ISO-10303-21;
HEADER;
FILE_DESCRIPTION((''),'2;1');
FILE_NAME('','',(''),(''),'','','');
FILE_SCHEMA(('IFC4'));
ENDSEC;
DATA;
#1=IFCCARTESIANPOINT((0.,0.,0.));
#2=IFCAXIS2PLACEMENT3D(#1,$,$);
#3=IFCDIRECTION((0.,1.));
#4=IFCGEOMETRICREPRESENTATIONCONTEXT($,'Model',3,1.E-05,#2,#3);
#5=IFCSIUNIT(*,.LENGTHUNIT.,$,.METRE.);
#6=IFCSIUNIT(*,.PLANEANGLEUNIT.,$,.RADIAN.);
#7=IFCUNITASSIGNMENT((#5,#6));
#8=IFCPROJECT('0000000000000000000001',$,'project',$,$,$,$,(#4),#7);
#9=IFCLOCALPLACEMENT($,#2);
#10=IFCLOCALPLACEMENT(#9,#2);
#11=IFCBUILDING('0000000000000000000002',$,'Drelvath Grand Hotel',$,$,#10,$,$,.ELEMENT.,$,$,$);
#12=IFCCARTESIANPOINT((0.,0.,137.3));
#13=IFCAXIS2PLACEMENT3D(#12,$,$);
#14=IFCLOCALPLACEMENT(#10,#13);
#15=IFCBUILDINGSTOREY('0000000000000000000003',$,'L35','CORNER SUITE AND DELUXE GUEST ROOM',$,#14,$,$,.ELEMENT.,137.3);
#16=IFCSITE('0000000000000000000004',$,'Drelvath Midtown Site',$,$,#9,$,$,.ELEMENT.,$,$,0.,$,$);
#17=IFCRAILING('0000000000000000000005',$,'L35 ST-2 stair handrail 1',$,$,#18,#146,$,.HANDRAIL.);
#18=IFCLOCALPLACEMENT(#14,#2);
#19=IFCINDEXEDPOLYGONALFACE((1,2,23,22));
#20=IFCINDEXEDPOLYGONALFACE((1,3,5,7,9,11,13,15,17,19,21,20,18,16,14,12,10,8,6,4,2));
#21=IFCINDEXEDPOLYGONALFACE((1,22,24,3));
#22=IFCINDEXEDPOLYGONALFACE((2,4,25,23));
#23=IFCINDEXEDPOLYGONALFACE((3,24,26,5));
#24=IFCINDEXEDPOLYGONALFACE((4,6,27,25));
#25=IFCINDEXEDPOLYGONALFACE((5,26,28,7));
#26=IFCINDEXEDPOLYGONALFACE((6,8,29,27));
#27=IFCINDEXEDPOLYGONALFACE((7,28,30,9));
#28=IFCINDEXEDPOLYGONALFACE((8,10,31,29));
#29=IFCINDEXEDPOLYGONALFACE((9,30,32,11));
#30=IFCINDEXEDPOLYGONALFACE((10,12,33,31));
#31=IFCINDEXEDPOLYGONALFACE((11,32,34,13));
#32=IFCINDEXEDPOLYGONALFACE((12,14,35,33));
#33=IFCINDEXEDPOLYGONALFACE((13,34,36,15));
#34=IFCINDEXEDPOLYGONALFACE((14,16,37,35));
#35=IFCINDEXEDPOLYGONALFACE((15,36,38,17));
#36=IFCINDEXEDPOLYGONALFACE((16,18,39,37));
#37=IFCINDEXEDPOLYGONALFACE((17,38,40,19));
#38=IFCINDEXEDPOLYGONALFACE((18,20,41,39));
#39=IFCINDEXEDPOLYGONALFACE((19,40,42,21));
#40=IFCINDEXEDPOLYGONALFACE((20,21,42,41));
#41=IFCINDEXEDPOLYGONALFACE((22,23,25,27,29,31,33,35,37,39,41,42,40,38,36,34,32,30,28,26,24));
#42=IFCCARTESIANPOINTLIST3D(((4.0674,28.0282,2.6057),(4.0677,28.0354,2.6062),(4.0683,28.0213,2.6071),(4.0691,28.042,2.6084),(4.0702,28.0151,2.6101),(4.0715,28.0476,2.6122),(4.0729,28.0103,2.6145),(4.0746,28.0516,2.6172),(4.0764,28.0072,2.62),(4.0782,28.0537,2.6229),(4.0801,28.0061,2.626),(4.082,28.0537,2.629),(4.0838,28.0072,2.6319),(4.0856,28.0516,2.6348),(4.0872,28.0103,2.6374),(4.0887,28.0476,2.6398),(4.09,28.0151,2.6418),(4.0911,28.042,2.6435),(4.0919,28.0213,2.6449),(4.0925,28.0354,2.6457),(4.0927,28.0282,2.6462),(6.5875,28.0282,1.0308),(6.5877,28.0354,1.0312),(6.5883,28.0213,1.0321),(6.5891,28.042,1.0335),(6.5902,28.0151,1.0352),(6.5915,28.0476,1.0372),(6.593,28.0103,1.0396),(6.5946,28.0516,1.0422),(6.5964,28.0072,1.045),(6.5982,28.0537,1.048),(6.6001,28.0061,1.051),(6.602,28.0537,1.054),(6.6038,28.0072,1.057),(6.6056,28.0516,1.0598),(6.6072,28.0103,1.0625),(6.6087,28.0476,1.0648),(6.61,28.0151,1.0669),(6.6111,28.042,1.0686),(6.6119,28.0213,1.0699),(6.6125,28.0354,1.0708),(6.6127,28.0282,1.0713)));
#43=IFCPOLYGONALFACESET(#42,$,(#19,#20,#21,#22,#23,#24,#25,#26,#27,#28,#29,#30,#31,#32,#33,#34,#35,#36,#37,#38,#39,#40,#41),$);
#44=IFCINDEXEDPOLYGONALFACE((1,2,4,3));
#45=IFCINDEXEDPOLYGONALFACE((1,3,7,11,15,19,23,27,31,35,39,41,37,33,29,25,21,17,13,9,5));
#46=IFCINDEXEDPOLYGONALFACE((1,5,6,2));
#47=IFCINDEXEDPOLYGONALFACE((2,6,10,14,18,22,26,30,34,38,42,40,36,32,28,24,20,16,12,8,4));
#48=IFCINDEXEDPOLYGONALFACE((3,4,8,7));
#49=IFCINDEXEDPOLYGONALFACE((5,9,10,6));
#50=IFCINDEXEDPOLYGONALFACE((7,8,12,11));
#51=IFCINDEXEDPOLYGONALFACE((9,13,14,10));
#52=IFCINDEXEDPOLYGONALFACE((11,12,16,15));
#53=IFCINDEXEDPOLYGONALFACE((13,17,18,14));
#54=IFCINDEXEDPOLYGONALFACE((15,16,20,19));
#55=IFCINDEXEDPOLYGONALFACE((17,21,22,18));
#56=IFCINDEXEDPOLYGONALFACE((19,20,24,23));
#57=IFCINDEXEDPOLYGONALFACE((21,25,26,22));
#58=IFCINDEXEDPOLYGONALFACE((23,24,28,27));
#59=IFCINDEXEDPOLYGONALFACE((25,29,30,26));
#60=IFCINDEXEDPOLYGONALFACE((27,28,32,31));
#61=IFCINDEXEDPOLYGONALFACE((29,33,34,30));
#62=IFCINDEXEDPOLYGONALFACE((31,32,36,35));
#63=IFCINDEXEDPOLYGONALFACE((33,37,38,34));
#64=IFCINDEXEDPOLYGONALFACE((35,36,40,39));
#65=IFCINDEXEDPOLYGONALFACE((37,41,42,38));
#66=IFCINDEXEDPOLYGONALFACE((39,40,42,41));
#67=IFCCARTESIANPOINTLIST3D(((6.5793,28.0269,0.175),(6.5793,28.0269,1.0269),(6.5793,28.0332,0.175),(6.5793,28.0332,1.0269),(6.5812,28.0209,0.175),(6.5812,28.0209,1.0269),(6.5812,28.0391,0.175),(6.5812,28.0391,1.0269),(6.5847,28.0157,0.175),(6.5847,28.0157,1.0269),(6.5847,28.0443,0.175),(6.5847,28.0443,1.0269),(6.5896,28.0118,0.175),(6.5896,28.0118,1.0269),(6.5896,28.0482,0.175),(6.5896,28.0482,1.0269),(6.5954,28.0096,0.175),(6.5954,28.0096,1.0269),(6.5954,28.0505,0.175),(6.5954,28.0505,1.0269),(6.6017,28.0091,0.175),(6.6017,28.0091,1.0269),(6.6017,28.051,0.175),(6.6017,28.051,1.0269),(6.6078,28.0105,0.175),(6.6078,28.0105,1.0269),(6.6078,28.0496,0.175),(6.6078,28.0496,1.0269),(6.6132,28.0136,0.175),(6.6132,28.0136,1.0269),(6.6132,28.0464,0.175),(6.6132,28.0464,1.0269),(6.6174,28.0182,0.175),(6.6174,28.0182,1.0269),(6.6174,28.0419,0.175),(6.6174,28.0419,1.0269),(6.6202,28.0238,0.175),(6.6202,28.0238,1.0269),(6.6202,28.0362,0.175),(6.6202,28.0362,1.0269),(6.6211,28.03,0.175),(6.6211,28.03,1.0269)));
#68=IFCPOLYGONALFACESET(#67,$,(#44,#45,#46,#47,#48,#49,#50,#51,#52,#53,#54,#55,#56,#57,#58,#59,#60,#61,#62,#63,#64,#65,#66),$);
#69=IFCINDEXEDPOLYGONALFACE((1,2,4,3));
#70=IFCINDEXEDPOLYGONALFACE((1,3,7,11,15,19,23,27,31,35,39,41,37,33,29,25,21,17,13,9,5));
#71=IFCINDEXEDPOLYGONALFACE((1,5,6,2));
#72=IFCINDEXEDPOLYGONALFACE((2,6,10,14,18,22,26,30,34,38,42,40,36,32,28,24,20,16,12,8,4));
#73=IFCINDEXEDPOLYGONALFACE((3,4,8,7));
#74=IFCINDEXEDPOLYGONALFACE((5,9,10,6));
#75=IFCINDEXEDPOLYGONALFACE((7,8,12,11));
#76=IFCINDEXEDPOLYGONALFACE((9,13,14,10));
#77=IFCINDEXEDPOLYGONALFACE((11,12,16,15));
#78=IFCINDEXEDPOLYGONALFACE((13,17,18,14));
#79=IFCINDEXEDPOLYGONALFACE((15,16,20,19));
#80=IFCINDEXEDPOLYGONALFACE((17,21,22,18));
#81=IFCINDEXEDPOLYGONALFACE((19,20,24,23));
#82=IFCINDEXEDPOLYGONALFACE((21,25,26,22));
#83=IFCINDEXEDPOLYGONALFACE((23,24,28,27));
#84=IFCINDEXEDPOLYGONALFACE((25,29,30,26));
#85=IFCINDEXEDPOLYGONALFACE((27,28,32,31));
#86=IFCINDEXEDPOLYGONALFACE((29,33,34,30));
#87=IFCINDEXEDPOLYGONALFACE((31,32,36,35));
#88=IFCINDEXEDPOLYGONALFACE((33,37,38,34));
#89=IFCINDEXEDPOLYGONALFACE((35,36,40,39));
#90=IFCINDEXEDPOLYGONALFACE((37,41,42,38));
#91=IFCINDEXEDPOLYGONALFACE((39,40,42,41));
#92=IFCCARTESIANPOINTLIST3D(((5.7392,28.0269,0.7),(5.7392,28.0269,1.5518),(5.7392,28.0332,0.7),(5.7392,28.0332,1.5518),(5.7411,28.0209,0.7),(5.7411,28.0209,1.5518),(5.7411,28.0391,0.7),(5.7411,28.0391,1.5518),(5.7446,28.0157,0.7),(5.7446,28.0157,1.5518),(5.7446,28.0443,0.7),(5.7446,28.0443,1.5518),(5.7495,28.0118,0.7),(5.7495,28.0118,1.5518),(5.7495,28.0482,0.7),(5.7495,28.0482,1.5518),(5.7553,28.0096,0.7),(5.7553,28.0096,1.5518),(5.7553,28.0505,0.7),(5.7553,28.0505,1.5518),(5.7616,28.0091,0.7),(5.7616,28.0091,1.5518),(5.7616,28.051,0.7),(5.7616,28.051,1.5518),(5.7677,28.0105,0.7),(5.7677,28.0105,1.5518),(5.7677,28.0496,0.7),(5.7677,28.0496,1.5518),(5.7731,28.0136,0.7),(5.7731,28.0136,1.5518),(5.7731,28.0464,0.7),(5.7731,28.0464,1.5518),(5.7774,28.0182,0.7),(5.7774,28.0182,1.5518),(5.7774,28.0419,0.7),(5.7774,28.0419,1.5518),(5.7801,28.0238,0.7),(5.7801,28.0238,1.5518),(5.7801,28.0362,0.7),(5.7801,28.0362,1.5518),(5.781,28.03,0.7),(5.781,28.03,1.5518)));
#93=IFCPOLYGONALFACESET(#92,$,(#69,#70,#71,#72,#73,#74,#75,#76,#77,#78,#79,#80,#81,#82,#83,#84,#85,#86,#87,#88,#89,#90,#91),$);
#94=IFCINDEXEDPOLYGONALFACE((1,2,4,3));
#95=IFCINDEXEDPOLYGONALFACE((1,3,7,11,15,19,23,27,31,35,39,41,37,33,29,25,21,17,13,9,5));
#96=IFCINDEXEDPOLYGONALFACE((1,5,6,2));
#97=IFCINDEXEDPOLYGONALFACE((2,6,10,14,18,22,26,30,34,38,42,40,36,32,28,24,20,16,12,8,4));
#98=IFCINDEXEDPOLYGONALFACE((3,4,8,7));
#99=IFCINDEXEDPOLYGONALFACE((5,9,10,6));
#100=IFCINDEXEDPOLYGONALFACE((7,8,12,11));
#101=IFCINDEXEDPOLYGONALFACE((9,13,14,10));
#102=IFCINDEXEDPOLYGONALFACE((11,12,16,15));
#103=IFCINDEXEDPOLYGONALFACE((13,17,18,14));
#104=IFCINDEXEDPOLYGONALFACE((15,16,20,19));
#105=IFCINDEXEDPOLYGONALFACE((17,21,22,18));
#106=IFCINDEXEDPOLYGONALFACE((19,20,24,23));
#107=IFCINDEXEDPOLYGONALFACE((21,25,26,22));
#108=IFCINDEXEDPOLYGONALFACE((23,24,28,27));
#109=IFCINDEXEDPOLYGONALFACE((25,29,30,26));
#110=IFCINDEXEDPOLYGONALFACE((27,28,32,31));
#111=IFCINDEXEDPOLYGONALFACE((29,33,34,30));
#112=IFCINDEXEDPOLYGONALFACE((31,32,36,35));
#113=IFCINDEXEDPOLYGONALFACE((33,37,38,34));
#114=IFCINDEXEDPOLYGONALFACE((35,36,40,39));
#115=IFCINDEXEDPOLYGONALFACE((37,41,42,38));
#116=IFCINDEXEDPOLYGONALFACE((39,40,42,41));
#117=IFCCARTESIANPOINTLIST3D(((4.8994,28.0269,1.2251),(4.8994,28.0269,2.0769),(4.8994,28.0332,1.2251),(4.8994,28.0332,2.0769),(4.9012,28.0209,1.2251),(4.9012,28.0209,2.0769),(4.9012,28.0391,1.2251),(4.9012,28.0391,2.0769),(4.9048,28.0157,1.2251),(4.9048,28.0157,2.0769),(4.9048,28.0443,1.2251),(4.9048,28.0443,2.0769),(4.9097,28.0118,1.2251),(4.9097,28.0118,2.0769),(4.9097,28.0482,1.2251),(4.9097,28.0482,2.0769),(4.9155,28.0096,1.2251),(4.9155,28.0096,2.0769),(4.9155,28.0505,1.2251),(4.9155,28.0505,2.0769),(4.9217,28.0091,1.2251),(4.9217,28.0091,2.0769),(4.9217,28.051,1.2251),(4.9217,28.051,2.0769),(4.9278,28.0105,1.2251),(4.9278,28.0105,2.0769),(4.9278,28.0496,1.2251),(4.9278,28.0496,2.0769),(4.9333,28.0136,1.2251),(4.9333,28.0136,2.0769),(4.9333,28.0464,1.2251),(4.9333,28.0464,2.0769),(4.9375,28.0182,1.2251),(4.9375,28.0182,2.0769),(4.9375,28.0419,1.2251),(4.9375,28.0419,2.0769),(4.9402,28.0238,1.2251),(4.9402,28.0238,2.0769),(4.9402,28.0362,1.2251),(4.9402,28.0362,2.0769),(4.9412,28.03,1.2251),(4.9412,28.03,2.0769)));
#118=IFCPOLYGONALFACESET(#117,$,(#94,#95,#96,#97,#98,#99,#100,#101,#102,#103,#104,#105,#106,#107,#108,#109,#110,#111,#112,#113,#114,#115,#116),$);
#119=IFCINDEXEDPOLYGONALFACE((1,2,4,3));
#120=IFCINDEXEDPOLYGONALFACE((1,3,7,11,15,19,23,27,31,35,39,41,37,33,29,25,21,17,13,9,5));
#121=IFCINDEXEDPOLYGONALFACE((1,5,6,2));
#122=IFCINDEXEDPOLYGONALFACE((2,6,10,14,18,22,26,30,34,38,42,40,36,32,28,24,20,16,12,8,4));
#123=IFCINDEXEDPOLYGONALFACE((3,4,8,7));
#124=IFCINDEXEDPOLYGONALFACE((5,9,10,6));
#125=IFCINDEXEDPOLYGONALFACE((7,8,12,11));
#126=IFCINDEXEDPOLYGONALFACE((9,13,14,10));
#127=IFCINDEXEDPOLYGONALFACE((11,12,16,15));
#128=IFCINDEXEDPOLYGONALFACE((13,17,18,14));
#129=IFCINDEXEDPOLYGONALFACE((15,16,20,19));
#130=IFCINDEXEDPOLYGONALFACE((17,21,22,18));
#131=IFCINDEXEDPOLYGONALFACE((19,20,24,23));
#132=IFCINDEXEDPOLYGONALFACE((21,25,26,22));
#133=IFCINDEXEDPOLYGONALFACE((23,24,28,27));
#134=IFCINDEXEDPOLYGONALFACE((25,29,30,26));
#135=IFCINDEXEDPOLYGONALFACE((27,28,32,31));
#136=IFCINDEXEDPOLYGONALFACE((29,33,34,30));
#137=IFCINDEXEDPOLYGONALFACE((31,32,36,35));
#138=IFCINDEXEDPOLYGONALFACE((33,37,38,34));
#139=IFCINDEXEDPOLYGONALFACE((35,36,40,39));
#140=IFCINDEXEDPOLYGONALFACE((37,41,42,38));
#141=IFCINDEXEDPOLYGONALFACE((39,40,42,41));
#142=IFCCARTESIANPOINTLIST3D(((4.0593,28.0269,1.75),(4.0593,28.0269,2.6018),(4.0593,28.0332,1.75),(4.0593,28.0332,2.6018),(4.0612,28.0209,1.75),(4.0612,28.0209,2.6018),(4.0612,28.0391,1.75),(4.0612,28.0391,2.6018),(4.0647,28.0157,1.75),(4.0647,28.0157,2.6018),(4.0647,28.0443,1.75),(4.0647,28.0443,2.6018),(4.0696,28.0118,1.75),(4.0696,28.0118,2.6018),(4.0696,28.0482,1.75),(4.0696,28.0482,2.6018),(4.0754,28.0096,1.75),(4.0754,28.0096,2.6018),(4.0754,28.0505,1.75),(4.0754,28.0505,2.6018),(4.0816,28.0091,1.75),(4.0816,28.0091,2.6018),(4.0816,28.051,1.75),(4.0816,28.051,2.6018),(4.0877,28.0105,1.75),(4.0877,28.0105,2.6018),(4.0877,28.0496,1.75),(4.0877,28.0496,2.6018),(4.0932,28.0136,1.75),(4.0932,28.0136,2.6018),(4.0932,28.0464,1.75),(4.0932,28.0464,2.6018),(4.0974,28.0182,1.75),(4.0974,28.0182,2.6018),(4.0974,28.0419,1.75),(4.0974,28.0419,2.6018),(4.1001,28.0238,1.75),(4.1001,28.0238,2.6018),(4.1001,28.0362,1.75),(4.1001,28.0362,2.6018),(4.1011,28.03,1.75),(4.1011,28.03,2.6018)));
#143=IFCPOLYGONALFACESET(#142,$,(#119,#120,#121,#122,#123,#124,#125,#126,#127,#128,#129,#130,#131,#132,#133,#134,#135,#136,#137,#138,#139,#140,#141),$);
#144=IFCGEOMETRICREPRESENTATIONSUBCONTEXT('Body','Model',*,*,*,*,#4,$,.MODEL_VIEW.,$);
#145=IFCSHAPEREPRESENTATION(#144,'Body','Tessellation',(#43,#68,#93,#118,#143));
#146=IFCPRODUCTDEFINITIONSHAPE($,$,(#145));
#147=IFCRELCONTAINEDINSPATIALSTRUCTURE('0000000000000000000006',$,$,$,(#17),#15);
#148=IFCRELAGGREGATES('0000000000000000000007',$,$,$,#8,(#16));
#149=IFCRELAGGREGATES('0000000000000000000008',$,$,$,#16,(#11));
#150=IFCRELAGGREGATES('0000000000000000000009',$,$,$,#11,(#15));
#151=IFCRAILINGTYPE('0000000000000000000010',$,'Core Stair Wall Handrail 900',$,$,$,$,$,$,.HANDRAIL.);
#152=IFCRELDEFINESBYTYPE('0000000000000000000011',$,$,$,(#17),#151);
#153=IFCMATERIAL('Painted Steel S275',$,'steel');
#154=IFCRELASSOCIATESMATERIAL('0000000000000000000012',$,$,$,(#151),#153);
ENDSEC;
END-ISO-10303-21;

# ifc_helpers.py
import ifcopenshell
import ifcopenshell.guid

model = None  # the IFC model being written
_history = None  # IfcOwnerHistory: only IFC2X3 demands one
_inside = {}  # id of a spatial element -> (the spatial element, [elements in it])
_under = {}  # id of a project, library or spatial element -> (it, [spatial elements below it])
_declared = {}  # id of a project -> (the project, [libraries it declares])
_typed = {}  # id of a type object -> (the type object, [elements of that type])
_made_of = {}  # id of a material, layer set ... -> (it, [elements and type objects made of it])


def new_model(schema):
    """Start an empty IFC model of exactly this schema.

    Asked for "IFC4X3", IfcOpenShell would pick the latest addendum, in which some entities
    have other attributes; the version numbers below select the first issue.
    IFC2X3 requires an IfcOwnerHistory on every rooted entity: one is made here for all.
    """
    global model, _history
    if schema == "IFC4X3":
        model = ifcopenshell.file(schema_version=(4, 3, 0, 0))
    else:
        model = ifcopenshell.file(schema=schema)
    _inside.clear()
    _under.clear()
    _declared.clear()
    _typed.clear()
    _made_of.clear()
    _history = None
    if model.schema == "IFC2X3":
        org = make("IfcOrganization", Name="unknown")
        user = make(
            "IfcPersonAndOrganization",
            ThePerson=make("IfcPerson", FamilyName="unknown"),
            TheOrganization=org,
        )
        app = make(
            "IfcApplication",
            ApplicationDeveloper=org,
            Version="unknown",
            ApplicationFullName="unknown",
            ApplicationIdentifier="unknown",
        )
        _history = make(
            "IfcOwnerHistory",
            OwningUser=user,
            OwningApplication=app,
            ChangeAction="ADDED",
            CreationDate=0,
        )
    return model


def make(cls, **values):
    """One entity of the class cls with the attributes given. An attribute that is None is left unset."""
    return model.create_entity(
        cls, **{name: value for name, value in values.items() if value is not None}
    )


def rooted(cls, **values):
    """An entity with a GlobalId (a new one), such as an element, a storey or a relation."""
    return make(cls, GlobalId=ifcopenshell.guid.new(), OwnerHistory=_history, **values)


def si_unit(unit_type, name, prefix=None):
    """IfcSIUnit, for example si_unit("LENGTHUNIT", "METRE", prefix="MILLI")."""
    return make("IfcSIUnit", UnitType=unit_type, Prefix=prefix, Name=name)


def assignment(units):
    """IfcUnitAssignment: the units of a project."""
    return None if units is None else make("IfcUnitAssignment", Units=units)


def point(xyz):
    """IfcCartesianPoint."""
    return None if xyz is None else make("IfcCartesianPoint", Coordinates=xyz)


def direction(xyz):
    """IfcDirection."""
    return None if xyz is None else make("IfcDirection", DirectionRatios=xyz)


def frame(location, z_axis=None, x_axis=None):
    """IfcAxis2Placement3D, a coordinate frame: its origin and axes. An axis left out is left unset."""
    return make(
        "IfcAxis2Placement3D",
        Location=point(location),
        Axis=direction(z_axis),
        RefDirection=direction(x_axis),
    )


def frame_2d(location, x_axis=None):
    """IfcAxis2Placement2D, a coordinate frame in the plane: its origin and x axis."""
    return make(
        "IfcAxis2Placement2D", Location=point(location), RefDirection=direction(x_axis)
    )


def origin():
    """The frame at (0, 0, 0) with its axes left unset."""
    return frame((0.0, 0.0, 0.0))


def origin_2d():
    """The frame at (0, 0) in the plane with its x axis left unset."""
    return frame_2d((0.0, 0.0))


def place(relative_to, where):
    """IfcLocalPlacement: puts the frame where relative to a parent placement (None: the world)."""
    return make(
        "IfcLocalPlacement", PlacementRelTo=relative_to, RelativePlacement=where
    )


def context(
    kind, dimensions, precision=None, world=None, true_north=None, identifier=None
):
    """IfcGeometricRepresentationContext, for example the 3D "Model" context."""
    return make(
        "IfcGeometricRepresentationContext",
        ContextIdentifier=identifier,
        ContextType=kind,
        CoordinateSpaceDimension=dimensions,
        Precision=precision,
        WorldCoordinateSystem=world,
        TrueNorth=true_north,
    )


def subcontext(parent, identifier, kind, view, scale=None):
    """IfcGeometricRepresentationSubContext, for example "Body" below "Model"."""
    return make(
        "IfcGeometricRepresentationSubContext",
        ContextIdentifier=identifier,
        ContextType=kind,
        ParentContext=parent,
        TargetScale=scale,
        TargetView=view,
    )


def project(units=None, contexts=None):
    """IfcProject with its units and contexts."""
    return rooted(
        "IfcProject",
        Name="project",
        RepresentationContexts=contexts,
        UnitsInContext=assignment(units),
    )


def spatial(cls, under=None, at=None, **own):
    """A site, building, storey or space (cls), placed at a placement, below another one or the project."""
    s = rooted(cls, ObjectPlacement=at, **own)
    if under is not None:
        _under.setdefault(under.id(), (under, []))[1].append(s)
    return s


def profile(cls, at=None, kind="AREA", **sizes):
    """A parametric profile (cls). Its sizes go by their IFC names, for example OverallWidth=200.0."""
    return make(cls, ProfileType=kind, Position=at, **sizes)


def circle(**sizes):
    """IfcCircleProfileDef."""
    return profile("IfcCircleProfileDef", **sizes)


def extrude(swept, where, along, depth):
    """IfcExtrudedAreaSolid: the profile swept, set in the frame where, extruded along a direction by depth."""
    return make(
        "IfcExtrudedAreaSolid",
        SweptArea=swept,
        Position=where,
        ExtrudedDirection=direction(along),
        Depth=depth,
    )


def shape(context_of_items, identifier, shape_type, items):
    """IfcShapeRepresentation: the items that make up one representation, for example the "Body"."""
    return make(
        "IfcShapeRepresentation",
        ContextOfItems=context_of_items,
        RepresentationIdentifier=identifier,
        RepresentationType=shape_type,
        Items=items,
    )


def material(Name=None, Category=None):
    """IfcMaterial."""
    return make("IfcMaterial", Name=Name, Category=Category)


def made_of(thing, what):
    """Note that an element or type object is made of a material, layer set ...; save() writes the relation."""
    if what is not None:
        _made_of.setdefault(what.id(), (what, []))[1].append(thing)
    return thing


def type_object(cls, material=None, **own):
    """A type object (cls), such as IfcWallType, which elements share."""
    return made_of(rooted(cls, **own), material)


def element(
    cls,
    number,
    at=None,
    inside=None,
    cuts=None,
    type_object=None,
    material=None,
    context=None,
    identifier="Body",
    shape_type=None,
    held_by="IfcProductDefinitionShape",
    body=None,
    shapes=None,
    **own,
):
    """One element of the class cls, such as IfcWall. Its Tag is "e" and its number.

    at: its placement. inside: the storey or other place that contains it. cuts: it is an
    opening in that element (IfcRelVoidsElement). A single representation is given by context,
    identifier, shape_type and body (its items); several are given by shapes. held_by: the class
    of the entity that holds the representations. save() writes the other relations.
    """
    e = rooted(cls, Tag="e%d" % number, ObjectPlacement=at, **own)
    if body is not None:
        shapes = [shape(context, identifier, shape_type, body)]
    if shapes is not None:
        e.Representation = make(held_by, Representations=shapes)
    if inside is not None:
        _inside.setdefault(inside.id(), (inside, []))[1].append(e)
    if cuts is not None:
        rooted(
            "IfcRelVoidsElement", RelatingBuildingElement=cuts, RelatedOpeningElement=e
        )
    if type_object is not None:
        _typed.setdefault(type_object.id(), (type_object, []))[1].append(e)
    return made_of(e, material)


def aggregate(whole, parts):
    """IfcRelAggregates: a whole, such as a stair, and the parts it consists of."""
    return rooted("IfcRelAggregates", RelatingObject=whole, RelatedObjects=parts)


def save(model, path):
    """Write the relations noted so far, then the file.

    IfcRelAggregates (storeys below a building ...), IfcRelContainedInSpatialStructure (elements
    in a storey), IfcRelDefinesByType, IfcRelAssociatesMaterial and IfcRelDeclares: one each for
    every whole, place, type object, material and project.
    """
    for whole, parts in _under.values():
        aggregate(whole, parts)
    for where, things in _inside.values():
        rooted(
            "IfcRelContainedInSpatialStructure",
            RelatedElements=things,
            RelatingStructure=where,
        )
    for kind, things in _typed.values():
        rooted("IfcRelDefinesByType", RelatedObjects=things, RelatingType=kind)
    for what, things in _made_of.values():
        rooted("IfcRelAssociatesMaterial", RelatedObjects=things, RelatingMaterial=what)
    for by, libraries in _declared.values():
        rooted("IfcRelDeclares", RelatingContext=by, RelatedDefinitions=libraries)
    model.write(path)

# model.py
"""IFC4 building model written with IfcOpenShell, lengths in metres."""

from ifc_helpers import new_model, si_unit, direction, frame, origin, origin_2d, place, context, subcontext, project, spatial, circle, extrude, material, type_object, element, save


model = new_model("IFC4")

# Units and contexts
model_context = context("Model", 3, precision=1e-05, world=origin(), true_north=direction((0.0, 1.0)))
body_context = subcontext(model_context, "Body", "Model", "MODEL_VIEW")
ifc_project = project(units=[si_unit("LENGTHUNIT", "METRE"), si_unit("PLANEANGLEUNIT", "RADIAN")], contexts=[model_context])

# Site, building, storey
site_placement = place(None, origin())
site = spatial("IfcSite", under=ifc_project, at=site_placement, Name="Drelvath Midtown Site", CompositionType="ELEMENT", RefElevation=0.0)
building_placement = place(site_placement, origin())
building = spatial("IfcBuilding", under=site, at=building_placement, Name="Drelvath Grand Hotel", CompositionType="ELEMENT")
storey_placement = place(building_placement, frame((0.0, 0.0, 137.3)))
storey = spatial("IfcBuildingStorey", under=building, at=storey_placement, Name="L35", Description="CORNER SUITE AND DELUXE GUEST ROOM", CompositionType="ELEMENT", Elevation=137.3)

# Shared definitions
ifc_material_1 = material(Name="Painted Steel S275", Category="steel")

# Railing
railing_type = type_object("IfcRailingType", Name="Core Stair Wall Handrail 900", PredefinedType="HANDRAIL", material=ifc_material_1)
railing_placement = place(storey_placement, frame((6.6001, 28.03, 0.175)))
element("IfcRailing", 1, at=railing_placement, inside=storey, type_object=railing_type, Name="L35 ST-2 stair handrail 1", PredefinedType="HANDRAIL", context=body_context, shape_type="SweptSolid", body=[
    extrude(circle(Radius=0.0239, at=origin_2d()), frame((0.0, 0.0, 0.876), z_axis=(-0.848008, 0.0, 0.529984), x_axis=(0.0, -1.0, 0.0)), (0.0, 0.0, 1.0), 2.9717),
    extrude(circle(Radius=0.021, at=origin_2d()), origin(), (0.0, 0.0, 1.0), 0.8518),
    extrude(circle(Radius=0.021, at=origin_2d()), frame((-0.8401, 0.0, 0.5249)), (0.0, 0.0, 1.0), 0.8518),
    extrude(circle(Radius=0.021, at=origin_2d()), frame((-1.6799, 0.0, 1.05)), (0.0, 0.0, 1.0), 0.8518),
    extrude(circle(Radius=0.021, at=origin_2d()), frame((-2.52, 0.0, 1.575)), (0.0, 0.0, 1.0), 0.8518),
])

save(model, "model.ifc")
